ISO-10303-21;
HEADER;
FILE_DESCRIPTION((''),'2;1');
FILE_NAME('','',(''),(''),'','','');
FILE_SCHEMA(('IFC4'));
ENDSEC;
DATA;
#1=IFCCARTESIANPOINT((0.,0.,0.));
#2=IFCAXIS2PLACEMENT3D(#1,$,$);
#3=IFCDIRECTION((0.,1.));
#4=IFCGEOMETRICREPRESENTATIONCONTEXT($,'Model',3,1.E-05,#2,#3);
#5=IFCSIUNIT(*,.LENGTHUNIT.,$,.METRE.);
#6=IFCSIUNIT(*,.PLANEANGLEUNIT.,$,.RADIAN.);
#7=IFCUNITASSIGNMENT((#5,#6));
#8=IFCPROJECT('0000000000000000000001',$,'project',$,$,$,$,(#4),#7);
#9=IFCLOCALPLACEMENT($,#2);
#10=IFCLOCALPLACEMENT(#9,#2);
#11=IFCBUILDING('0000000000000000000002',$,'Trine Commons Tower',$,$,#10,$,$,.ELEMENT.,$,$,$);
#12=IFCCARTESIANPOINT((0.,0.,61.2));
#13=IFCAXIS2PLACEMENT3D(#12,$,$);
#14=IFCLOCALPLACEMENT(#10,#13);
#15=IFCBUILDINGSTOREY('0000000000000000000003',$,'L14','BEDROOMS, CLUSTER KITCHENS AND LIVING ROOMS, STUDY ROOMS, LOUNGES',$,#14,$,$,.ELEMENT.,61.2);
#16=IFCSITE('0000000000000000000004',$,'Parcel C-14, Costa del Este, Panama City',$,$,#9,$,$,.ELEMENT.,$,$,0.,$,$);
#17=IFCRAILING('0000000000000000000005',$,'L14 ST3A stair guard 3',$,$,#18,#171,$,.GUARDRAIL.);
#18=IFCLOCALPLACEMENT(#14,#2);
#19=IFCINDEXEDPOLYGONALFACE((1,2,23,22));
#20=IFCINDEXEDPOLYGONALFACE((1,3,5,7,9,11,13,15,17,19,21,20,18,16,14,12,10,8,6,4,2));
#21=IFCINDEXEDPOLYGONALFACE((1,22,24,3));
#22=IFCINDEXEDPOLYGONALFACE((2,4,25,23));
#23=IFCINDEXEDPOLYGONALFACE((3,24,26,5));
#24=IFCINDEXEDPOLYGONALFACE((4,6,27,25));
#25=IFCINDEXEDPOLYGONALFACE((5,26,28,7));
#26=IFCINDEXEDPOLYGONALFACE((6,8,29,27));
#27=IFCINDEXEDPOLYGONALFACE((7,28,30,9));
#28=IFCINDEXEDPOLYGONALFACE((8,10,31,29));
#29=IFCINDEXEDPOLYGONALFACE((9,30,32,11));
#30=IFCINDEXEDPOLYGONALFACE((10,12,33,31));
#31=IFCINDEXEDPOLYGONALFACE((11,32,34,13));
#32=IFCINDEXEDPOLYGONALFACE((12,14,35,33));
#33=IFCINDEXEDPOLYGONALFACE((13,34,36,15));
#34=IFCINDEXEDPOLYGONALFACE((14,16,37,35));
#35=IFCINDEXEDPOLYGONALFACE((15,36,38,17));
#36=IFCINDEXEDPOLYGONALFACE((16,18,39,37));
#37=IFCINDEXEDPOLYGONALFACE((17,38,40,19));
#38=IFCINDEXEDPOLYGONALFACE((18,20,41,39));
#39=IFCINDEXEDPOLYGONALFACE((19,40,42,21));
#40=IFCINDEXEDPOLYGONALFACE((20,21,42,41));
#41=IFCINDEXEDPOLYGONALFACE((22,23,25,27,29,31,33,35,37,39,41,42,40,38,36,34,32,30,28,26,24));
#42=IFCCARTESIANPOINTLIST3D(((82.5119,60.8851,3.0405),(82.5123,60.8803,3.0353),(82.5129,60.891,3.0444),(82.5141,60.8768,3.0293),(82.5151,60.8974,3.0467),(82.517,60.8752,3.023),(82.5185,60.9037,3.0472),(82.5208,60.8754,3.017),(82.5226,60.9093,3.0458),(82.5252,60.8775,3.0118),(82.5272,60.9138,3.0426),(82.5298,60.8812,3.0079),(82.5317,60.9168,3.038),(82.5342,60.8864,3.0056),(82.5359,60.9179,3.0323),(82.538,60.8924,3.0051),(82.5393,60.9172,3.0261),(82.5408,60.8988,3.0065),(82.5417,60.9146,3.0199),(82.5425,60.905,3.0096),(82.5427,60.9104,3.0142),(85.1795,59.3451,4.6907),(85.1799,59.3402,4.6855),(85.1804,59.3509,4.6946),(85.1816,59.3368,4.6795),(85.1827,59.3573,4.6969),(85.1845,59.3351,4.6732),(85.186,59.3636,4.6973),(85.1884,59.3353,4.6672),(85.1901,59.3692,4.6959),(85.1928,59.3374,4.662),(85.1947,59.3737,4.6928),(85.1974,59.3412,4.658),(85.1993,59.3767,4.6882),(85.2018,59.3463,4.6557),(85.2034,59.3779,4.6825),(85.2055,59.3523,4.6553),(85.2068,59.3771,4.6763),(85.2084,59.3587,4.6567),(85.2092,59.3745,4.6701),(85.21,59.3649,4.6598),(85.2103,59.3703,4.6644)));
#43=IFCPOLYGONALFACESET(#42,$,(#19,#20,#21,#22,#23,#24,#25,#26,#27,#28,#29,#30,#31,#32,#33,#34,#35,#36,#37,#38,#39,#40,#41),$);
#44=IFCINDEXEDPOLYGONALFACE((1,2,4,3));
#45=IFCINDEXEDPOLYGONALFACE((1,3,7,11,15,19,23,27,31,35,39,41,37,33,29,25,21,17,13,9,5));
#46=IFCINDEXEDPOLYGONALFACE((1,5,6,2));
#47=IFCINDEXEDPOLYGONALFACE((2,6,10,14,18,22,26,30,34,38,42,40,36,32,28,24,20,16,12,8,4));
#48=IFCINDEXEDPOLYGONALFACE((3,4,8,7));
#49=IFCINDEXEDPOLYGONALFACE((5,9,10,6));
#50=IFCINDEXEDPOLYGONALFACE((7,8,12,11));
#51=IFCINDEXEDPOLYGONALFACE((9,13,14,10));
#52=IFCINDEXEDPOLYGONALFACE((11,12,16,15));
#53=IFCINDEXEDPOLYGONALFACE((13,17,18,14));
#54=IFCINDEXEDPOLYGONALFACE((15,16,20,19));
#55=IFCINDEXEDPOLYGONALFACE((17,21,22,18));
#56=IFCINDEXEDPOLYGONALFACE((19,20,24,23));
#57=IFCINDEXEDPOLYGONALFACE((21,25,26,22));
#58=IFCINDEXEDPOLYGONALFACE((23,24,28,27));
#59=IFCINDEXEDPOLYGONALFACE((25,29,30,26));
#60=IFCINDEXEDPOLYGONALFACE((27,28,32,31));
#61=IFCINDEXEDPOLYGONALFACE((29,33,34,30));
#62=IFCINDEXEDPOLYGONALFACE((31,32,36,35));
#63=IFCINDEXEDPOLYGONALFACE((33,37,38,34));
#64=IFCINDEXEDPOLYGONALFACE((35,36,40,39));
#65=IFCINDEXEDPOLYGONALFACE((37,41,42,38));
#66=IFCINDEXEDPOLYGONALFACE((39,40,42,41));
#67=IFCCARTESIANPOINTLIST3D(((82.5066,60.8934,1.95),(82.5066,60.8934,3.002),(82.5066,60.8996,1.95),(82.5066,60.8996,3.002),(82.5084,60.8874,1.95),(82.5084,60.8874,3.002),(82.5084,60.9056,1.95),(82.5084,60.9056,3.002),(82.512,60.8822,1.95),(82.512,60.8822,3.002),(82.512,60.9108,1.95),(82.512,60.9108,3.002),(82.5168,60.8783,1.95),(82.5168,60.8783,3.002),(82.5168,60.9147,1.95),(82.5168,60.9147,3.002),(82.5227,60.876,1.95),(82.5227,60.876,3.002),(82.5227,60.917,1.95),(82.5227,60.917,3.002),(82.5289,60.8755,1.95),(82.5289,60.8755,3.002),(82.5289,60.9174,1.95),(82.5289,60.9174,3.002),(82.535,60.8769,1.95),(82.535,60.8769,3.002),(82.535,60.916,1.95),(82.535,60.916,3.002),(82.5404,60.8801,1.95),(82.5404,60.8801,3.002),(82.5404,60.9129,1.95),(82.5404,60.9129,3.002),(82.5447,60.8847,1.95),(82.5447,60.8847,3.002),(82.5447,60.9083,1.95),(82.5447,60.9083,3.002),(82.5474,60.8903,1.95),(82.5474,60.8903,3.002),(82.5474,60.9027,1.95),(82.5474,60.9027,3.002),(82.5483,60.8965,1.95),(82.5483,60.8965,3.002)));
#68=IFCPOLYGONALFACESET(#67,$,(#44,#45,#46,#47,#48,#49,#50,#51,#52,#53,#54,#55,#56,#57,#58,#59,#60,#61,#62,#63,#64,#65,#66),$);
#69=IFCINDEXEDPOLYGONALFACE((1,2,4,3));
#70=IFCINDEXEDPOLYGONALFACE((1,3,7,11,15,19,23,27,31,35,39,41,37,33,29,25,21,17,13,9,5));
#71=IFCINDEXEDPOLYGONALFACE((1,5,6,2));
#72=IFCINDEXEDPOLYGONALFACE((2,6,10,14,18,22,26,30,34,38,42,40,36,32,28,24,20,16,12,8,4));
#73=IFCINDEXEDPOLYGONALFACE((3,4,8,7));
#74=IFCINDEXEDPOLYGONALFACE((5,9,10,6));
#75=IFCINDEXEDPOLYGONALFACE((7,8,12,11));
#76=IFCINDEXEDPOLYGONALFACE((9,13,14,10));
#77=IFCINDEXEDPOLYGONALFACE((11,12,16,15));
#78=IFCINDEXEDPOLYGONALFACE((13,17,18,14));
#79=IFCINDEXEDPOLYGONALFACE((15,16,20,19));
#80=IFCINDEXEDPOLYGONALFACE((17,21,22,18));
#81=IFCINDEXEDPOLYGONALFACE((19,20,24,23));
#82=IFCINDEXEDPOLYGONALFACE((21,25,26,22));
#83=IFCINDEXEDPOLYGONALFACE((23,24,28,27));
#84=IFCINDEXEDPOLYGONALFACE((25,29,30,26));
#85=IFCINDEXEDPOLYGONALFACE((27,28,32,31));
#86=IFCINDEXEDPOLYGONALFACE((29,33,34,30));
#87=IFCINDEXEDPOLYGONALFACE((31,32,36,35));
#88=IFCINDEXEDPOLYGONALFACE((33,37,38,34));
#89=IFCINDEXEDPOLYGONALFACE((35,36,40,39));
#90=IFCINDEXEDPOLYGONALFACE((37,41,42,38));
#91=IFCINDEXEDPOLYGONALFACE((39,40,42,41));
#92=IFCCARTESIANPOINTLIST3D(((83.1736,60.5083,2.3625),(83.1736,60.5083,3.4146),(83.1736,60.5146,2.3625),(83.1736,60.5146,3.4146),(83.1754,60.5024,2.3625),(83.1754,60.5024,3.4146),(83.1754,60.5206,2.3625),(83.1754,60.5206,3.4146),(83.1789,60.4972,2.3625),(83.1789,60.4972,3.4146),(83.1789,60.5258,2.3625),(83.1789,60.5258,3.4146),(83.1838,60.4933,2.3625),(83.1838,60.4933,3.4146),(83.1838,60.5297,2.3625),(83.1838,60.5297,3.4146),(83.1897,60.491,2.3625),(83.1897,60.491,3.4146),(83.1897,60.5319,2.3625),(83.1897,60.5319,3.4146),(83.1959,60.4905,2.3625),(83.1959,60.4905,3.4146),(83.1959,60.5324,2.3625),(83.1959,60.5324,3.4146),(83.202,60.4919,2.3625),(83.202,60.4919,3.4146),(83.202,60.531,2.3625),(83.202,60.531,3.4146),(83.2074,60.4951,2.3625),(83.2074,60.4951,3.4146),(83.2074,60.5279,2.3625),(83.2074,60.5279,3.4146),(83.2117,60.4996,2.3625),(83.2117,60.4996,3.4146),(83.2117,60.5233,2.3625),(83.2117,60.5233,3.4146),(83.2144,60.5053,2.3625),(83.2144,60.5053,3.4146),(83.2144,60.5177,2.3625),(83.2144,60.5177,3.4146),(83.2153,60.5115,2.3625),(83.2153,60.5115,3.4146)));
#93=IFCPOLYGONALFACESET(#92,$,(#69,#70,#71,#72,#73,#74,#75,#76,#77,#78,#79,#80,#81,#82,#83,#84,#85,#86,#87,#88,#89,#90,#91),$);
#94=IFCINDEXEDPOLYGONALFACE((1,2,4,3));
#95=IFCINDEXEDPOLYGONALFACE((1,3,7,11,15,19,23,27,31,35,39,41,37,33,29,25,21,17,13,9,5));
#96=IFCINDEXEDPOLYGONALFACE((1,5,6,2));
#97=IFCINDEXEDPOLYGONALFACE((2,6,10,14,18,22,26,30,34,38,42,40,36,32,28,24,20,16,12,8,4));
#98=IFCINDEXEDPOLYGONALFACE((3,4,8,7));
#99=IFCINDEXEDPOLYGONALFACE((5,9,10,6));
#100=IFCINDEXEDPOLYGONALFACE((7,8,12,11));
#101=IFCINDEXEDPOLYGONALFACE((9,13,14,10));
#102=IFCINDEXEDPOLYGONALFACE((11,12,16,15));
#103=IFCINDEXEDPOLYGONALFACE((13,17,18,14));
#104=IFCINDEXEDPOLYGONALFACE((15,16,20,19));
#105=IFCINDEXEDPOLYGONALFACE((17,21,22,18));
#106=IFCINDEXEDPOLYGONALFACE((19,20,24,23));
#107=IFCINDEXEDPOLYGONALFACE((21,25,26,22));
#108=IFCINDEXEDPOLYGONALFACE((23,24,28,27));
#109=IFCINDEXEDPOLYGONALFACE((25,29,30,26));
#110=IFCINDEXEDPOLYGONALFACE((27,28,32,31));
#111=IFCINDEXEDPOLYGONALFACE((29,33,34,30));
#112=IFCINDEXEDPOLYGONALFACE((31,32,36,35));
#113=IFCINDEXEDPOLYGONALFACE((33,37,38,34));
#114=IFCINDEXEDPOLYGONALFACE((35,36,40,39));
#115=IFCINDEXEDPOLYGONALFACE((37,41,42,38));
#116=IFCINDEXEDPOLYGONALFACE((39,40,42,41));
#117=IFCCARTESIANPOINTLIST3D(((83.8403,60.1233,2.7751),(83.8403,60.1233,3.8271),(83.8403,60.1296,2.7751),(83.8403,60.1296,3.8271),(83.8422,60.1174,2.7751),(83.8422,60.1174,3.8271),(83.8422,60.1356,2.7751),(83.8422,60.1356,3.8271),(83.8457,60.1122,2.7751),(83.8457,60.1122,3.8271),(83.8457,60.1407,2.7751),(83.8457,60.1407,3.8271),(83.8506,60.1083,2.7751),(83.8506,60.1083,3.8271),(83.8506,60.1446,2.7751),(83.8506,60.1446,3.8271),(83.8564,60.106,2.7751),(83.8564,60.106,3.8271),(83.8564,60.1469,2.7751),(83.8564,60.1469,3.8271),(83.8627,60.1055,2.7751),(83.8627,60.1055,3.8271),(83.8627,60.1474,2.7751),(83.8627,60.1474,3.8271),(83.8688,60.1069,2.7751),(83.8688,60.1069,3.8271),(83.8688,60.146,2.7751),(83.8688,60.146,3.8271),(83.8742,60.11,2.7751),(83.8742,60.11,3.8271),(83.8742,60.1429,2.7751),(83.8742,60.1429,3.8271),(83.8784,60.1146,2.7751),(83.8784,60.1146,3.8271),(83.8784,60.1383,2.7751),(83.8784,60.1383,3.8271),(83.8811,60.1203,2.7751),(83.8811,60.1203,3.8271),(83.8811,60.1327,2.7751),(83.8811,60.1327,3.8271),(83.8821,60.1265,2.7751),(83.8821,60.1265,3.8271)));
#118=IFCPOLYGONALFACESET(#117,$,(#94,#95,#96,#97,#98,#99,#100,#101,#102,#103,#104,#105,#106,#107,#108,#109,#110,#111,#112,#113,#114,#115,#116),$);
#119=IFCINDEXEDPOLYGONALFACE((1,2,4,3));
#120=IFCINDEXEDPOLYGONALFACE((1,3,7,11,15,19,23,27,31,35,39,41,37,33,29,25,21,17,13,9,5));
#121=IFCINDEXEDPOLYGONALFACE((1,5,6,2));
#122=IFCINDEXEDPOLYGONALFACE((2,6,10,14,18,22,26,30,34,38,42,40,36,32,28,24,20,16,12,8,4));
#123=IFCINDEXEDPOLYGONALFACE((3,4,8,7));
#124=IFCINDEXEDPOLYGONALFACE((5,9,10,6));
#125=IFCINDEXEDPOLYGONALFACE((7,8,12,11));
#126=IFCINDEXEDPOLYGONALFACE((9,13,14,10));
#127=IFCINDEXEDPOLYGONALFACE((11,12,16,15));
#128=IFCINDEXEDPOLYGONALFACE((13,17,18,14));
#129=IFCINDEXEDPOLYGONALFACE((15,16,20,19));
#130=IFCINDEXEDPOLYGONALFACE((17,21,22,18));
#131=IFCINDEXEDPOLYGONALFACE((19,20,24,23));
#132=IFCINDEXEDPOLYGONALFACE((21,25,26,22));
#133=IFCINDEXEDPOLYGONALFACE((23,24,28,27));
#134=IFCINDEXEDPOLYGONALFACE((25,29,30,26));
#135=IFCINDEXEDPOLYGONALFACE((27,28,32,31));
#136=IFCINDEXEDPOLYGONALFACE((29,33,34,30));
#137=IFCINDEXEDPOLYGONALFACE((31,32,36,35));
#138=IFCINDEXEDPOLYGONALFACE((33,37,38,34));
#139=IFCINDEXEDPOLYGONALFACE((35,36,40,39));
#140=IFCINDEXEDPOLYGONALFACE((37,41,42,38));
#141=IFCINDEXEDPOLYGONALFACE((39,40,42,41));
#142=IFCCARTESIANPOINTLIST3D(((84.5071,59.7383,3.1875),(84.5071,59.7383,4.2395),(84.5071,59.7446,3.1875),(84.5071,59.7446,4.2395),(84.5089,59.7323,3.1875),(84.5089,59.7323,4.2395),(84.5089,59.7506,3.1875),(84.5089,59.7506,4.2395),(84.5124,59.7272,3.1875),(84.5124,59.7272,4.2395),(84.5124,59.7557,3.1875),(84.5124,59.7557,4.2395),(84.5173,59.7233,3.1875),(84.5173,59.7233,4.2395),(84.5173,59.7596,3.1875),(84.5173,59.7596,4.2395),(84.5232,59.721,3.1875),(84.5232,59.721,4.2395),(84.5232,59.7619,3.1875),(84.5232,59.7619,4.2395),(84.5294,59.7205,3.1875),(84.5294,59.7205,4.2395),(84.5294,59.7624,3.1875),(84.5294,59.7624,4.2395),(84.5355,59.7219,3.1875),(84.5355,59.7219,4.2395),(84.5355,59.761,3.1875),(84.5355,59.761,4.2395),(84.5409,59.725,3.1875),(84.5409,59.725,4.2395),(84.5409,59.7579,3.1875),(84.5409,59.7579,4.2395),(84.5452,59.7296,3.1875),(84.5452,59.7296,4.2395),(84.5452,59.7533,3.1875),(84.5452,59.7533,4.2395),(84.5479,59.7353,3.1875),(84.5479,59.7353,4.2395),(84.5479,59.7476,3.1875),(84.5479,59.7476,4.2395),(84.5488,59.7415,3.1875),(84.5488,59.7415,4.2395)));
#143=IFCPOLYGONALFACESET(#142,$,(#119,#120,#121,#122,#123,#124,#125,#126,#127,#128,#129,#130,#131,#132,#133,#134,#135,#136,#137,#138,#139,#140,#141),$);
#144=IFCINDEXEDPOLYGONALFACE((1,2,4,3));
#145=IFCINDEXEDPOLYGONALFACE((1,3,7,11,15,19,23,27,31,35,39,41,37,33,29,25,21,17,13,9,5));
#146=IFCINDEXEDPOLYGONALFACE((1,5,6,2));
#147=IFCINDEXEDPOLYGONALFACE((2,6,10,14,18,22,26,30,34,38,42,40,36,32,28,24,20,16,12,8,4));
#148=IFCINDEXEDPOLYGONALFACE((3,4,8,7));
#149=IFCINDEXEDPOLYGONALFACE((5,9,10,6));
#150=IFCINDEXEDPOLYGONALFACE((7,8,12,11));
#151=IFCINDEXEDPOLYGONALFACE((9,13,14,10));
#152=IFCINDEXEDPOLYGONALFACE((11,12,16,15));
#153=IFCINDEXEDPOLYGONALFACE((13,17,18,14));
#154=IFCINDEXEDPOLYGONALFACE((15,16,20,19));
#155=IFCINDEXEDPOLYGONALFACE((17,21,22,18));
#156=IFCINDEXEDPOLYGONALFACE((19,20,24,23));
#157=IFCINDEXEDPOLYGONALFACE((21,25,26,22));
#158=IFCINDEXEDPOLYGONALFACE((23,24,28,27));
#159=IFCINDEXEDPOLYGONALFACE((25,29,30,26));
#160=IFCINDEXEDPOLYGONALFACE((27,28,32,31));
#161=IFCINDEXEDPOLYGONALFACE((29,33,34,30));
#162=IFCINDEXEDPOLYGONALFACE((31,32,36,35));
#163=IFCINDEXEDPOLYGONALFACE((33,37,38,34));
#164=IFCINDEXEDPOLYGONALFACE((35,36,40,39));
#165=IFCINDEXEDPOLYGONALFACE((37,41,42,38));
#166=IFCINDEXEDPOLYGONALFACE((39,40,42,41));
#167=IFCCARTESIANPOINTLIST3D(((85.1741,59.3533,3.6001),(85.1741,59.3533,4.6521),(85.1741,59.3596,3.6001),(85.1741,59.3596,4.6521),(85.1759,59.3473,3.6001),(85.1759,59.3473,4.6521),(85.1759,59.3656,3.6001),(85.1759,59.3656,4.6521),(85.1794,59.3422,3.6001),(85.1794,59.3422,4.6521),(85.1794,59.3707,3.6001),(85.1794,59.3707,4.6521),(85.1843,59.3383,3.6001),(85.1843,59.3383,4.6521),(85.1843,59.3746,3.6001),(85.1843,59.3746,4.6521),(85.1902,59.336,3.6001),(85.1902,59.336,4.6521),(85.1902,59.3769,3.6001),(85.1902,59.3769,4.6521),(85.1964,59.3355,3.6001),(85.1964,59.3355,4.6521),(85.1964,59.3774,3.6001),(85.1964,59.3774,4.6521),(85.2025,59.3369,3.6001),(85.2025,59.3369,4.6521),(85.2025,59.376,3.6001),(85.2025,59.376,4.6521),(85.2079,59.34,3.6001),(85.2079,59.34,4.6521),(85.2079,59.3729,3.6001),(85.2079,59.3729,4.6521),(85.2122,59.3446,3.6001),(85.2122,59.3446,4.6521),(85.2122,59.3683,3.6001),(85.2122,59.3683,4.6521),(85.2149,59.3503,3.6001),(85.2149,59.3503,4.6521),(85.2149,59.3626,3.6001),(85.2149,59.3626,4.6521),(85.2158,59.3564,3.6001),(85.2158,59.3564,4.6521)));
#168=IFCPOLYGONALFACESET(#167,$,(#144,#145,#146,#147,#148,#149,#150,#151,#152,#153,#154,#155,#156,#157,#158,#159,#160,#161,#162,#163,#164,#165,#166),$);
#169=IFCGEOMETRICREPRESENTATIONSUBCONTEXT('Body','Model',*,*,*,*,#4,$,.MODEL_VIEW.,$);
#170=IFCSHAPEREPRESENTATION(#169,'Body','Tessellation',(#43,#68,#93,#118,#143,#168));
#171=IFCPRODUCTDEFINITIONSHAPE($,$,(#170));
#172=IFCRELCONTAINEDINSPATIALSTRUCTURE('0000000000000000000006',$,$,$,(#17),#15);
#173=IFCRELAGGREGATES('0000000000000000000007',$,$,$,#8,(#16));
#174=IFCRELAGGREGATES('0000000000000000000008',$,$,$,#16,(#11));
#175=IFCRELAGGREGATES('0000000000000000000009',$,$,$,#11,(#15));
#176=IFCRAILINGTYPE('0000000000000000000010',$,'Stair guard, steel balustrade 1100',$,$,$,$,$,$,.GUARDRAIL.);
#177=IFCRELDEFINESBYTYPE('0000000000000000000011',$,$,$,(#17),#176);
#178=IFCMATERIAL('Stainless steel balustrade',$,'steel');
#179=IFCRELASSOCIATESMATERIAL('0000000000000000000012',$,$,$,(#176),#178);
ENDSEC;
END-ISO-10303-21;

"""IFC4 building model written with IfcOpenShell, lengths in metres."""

from ifc_helpers import new_model, si_unit, direction, frame, origin, origin_2d, place, context, subcontext, project, spatial, circle, extrude, material, type_object, element, save


model = new_model("IFC4")

# Units and contexts
model_context = context("Model", 3, precision=1e-05, world=origin(), true_north=direction((0.0, 1.0)))
body_context = subcontext(model_context, "Body", "Model", "MODEL_VIEW")
ifc_project = project(units=[si_unit("LENGTHUNIT", "METRE"), si_unit("PLANEANGLEUNIT", "RADIAN")], contexts=[model_context])

# Site, building, storey
site_placement = place(None, origin())
site = spatial("IfcSite", under=ifc_project, at=site_placement, Name="Parcel C-14, Costa del Este, Panama City", CompositionType="ELEMENT", RefElevation=0.0)
building_placement = place(site_placement, origin())
building = spatial("IfcBuilding", under=site, at=building_placement, Name="Trine Commons Tower", CompositionType="ELEMENT")
storey_placement = place(building_placement, frame((0.0, 0.0, 61.2)))
storey = spatial("IfcBuildingStorey", under=building, at=storey_placement, Name="L14", Description="BEDROOMS, CLUSTER KITCHENS AND LIVING ROOMS, STUDY ROOMS, LOUNGES", CompositionType="ELEMENT", Elevation=61.2)

# Railing
ifc_material_1 = material(Name="Stainless steel balustrade", Category="steel")
railing_type_1 = type_object("IfcRailingType", Name="Stair guard, steel balustrade 1100", PredefinedType="GUARDRAIL", material=ifc_material_1)
railing_1_placement = place(storey_placement, frame((82.5273, 60.8965, 1.95)))
element("IfcRailing", 1, at=railing_1_placement, inside=storey, type_object=railing_type_1, Name="L14 ST3A stair guard 3", PredefinedType="GUARDRAIL", context=body_context, shape_type="SweptSolid", body=[
    extrude(circle(Radius=0.0239, at=origin_2d()), frame((0.0, 0.0, 1.0762), z_axis=(0.76338, -0.440728, 0.472239), x_axis=(0.499992, 0.86603, 0.0)), (0.0, 0.0, 1.0), 3.4944),
    extrude(circle(Radius=0.021, at=origin_2d()), origin(), (0.0, 0.0, 1.0), 1.052),
    extrude(circle(Radius=0.021, at=origin_2d()), frame((0.667, -0.385, 0.4126)), (0.0, 0.0, 1.0), 1.052),
    extrude(circle(Radius=0.021, at=origin_2d()), frame((1.3337, -0.77, 0.8252)), (0.0, 0.0, 1.0), 1.052),
    extrude(circle(Radius=0.021, at=origin_2d()), frame((2.0005, -1.155, 1.2375)), (0.0, 0.0, 1.0), 1.052),
    extrude(circle(Radius=0.021, at=origin_2d()), frame((2.6675, -1.54, 1.6501)), (0.0, 0.0, 1.0), 1.052),
])

save(model, "model.ifc")
